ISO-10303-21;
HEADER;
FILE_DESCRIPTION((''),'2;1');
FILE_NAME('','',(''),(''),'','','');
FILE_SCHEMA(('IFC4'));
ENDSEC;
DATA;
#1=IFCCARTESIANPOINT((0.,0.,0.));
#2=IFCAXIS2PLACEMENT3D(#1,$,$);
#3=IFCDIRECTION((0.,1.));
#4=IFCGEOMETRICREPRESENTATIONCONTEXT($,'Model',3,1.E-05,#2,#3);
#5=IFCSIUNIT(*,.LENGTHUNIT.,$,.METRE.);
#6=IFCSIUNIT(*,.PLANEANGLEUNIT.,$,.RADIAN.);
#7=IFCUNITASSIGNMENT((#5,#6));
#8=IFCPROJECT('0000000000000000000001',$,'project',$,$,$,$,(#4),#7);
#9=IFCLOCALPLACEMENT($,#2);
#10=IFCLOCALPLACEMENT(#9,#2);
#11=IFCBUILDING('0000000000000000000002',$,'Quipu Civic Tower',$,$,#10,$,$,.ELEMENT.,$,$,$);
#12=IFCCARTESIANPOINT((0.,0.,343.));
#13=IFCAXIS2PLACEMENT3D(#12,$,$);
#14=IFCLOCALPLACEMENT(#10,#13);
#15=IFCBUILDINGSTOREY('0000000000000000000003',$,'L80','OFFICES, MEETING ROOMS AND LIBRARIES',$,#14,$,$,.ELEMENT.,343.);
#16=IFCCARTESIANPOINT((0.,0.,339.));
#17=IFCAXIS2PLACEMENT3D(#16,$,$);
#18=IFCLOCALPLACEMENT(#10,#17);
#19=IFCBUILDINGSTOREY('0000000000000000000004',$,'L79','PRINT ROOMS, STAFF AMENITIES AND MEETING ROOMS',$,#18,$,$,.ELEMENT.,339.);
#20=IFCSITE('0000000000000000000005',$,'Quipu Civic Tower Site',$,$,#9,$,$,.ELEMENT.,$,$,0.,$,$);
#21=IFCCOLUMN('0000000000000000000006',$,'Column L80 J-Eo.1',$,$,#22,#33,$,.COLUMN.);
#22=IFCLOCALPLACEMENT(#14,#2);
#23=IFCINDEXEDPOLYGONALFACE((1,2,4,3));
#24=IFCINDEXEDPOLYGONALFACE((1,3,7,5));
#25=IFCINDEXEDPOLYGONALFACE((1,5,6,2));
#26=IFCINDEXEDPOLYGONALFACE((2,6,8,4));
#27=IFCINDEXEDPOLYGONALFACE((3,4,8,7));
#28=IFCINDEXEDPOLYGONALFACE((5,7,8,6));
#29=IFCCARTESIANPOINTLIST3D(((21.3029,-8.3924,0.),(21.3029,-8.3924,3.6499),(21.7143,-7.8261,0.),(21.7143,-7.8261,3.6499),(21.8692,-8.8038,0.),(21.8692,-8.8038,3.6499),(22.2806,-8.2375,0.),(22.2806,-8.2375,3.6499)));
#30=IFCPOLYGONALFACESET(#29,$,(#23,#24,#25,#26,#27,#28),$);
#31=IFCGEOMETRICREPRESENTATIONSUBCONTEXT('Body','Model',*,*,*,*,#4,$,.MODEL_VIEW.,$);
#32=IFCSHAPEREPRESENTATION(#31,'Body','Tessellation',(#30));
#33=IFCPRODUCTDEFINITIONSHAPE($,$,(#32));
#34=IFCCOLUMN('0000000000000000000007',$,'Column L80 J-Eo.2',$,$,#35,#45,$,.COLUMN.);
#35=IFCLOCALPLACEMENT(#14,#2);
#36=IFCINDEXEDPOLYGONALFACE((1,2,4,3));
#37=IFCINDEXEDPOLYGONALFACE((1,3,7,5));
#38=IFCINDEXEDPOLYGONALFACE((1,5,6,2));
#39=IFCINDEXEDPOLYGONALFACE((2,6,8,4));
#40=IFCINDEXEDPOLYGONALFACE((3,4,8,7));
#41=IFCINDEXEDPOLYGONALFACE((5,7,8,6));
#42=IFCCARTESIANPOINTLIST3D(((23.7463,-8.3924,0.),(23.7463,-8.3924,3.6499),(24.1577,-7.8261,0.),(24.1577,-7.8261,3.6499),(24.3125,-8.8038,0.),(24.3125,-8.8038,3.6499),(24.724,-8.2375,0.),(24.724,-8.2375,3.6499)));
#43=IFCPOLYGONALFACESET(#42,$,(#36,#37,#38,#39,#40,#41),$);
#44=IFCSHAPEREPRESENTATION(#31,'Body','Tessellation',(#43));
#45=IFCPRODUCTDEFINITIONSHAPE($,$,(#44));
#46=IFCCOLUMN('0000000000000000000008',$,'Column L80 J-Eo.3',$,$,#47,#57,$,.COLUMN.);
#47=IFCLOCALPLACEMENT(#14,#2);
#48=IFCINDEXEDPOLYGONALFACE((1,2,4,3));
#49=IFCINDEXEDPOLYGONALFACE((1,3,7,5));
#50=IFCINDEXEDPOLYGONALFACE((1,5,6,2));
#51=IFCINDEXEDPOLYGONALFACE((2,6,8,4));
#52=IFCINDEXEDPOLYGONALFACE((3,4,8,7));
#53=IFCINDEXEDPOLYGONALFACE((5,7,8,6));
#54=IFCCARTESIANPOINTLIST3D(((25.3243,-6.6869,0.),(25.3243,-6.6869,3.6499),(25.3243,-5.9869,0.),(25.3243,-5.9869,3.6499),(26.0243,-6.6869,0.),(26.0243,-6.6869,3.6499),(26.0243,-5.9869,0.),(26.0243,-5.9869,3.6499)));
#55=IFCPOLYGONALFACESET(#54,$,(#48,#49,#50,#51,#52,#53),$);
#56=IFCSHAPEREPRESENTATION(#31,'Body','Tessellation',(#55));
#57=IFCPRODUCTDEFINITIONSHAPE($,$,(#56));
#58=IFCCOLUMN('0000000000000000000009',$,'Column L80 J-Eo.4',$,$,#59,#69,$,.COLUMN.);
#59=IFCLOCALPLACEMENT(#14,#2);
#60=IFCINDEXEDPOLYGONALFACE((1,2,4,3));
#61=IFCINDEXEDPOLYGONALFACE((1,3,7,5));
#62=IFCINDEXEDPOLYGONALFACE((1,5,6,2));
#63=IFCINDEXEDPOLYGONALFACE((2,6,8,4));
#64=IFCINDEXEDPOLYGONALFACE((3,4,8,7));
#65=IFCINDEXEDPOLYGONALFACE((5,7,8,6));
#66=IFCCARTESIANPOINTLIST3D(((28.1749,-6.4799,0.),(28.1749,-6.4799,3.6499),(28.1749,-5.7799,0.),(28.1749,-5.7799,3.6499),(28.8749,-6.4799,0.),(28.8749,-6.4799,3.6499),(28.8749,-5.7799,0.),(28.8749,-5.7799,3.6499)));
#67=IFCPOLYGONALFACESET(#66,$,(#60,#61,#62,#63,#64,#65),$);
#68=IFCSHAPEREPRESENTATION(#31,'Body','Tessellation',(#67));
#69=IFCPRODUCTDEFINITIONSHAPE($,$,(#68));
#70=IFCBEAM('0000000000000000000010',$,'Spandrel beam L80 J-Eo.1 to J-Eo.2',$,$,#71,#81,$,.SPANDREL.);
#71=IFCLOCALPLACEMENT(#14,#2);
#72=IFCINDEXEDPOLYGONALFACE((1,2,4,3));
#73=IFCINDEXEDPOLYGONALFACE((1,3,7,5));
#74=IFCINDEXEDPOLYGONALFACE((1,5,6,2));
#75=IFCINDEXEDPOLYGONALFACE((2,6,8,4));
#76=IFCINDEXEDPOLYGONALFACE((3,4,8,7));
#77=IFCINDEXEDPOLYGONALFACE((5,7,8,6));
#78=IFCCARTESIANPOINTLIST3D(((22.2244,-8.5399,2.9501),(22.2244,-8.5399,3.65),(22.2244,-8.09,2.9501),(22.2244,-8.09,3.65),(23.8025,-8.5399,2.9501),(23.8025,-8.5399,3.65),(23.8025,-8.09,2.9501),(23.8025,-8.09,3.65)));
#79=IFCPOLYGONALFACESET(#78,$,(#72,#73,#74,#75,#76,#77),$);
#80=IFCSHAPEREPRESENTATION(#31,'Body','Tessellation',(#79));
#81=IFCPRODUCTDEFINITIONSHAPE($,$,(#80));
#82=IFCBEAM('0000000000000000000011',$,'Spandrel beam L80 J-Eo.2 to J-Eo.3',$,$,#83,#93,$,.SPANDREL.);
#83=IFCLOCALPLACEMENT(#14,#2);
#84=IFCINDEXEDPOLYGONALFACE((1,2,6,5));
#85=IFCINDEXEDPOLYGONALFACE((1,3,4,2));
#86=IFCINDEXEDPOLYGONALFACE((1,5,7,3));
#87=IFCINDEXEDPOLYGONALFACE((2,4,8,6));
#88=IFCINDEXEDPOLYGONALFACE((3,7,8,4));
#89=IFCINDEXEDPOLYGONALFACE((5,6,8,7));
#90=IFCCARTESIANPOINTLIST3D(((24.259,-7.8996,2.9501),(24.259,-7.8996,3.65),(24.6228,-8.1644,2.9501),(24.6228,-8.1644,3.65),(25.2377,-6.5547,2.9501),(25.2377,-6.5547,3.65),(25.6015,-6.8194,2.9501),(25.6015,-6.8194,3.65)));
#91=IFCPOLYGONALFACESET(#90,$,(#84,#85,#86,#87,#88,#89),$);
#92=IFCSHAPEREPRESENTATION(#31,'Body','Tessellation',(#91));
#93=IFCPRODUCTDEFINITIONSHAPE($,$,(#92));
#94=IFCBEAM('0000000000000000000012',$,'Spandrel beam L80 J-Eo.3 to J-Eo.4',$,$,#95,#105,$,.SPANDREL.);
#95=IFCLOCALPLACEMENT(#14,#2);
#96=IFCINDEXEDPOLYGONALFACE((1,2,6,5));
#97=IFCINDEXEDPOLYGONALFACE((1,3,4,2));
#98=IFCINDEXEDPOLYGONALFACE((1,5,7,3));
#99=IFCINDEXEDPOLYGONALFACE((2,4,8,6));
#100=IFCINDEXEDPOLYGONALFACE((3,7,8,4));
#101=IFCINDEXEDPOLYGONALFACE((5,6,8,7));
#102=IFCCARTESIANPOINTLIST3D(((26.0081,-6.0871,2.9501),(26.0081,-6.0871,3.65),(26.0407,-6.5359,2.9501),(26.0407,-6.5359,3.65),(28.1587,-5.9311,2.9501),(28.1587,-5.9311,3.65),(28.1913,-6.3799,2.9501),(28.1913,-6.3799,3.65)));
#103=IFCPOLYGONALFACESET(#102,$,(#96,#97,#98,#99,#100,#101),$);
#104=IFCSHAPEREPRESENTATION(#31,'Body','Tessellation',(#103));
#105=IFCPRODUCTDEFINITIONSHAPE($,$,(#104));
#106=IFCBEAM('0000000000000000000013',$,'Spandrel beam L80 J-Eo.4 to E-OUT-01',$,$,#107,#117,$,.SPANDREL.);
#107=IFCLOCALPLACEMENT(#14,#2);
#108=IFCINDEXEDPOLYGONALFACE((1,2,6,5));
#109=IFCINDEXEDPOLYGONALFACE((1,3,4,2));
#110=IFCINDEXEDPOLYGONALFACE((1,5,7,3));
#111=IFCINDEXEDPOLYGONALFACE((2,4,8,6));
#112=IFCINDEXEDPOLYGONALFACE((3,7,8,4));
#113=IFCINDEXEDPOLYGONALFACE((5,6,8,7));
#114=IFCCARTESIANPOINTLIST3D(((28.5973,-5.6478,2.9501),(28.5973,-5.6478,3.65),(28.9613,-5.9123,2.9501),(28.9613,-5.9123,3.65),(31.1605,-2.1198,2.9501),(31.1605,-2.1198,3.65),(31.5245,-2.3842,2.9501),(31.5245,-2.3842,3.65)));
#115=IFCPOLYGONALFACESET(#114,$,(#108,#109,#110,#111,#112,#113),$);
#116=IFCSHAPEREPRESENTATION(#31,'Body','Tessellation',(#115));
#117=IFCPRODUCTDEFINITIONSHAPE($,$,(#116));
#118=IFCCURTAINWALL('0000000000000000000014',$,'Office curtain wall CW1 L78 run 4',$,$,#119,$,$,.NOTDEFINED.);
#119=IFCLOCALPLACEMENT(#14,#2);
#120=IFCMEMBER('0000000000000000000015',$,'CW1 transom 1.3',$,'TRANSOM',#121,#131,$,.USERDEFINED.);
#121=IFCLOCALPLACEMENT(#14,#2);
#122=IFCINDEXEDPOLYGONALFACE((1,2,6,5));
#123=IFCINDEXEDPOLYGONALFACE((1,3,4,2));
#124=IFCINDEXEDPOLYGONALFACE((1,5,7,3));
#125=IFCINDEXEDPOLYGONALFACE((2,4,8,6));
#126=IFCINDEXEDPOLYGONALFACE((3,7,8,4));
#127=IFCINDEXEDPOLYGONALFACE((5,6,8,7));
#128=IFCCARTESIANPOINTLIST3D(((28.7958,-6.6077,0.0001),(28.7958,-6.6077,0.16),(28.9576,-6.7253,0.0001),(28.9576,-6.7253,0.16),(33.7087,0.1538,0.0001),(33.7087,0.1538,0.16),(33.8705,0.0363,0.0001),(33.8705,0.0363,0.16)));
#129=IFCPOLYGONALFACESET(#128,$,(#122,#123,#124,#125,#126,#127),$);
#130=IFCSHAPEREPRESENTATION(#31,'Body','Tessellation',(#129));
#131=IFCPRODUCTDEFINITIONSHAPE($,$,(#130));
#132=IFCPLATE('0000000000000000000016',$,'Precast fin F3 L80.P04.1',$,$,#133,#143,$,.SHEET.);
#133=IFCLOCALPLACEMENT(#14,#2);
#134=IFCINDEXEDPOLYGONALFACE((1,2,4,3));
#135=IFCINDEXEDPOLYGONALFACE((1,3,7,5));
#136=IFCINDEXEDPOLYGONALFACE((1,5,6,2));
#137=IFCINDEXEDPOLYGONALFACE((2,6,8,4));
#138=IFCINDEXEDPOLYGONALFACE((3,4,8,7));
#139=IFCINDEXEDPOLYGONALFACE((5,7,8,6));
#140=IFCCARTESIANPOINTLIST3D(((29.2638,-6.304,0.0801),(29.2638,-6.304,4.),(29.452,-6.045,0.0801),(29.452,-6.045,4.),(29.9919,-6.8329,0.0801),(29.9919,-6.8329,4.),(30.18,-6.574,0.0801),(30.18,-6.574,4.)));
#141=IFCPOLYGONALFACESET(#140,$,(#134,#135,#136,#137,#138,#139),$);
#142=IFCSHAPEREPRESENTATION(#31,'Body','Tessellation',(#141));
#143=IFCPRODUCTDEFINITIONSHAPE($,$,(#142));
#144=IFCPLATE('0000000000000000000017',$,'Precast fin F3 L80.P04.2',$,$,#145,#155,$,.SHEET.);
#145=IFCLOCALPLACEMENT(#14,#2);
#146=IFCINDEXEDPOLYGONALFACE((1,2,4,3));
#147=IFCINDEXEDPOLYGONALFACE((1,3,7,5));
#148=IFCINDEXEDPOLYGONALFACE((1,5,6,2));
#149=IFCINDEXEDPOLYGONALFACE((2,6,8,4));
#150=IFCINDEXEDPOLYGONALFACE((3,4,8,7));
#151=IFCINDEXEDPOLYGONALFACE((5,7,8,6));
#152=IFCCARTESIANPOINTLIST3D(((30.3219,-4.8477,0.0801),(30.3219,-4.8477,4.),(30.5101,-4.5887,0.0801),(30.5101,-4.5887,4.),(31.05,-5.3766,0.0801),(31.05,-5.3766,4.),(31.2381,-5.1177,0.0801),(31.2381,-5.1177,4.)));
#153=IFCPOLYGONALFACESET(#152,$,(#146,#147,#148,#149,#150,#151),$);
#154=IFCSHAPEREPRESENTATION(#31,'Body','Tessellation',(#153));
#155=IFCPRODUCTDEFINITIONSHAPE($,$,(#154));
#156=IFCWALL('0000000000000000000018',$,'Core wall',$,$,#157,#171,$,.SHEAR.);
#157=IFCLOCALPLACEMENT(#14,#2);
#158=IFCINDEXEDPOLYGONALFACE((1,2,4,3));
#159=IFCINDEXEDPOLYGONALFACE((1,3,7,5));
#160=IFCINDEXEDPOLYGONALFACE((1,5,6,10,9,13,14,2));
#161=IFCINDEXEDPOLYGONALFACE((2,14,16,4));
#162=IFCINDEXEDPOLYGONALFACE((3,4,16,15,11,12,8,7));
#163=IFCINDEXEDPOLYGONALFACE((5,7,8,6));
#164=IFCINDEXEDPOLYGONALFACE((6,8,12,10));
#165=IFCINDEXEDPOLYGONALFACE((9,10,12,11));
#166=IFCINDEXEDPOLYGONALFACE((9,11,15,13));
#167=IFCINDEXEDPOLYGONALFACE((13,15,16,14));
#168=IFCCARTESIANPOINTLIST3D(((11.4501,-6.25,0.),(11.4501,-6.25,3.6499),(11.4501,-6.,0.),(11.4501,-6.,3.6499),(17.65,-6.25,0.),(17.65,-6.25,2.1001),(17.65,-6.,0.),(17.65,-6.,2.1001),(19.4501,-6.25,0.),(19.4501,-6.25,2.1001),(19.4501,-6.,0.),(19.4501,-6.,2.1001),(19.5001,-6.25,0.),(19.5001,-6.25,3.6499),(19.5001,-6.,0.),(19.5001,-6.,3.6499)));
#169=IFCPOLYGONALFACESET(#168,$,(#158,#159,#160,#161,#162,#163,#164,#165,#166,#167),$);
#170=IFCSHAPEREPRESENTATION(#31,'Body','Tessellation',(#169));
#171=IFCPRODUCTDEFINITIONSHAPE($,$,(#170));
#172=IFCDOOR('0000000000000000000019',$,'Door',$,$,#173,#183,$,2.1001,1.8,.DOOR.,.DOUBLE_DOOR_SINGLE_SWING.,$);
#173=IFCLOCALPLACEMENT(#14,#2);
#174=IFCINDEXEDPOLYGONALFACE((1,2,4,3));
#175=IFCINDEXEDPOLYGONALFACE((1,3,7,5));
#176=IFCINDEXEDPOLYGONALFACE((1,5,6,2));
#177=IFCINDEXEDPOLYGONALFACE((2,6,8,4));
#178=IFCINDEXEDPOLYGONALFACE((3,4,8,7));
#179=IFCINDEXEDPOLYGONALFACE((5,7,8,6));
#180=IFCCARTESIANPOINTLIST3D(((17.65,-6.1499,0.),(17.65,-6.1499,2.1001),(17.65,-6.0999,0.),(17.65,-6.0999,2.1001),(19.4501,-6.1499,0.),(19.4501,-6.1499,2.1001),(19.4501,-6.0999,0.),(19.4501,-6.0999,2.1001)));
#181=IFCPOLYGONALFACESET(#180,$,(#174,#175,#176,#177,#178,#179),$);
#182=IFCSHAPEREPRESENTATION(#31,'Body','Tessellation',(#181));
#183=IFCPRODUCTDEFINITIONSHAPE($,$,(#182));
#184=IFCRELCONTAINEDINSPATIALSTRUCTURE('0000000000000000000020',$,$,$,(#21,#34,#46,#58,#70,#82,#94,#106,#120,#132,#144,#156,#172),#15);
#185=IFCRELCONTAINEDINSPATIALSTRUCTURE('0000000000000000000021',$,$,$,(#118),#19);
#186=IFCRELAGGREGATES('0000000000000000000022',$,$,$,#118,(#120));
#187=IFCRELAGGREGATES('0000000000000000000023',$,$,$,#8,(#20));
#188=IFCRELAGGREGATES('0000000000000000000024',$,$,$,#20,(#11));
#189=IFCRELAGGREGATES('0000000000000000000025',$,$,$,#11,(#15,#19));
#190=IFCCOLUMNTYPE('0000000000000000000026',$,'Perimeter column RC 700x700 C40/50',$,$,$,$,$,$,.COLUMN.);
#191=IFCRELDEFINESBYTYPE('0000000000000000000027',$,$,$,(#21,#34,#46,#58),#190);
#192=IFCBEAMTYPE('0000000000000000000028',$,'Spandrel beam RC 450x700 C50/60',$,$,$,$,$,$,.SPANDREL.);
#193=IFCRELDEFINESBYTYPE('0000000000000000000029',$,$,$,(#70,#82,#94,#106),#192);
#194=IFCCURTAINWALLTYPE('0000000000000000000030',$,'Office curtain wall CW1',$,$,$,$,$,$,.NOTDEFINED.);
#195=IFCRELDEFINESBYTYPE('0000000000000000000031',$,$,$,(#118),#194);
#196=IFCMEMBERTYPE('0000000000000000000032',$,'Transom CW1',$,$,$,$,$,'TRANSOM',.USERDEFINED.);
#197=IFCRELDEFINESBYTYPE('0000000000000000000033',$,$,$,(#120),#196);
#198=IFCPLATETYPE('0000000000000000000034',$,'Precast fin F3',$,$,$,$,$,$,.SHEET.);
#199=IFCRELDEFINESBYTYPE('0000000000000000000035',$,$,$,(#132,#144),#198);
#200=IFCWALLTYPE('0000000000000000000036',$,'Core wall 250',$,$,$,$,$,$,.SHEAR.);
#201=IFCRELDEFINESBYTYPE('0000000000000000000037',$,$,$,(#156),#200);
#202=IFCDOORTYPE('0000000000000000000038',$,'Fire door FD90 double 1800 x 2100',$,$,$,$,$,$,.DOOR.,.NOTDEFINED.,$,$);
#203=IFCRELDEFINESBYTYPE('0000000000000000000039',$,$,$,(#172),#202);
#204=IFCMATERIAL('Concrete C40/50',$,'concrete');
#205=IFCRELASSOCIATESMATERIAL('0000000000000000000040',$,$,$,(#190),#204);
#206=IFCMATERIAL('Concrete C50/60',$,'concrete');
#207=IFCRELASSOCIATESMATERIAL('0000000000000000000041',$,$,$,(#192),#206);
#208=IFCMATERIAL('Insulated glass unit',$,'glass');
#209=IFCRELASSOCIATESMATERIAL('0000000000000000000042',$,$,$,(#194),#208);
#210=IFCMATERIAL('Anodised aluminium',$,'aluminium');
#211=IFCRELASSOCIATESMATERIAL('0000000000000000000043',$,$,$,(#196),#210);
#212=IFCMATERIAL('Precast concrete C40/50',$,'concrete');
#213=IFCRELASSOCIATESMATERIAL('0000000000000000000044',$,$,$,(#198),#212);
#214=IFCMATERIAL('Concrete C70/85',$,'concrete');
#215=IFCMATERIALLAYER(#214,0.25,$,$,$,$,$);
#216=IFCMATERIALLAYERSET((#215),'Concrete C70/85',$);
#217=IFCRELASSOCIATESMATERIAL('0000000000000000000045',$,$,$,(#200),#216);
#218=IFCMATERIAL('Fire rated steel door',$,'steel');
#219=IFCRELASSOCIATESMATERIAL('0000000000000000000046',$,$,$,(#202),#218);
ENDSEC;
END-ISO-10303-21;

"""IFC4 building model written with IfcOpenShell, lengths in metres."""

from ifc_helpers import new_model, si_unit, direction, frame, frame_2d, origin, origin_2d, place, context, subcontext, project, spatial, rectangle, extrude, material, layer, layer_set, material_profile, profile_set, type_object, element, fill, aggregate, save


model = new_model("IFC4")

# Units and contexts
model_context = context("Model", 3, precision=1e-05, world=origin(), true_north=direction((0.0, 1.0)))
body_context = subcontext(model_context, "Body", "Model", "MODEL_VIEW")
ifc_project = project(units=[si_unit("LENGTHUNIT", "METRE"), si_unit("PLANEANGLEUNIT", "RADIAN")], contexts=[model_context])

# Site, building, storey
site_placement = place(None, origin())
site = spatial("IfcSite", under=ifc_project, at=site_placement, Name="Quipu Civic Tower Site", CompositionType="ELEMENT", RefElevation=0.0)
building_placement = place(site_placement, origin())
building = spatial("IfcBuilding", under=site, at=building_placement, Name="Quipu Civic Tower", CompositionType="ELEMENT")
storey_1_placement = place(building_placement, frame((0.0, 0.0, 343.0)))
storey_1 = spatial("IfcBuildingStorey", under=building, at=storey_1_placement, Name="L80", Description="OFFICES, MEETING ROOMS AND LIBRARIES", CompositionType="ELEMENT", Elevation=343.0)

# Columns
ifc_material_1 = material(Name="Concrete C40/50", Category="concrete")
ifc_material_profile_1 = material_profile(ifc_material_1, rectangle(XDim=0.7, YDim=0.7, at=origin_2d()), Name="RC700x700")
ifc_profile_set_1 = profile_set([ifc_material_profile_1], Name="Concrete C40/50")
column_type = type_object("IfcColumnType", Name="Perimeter column RC 700x700 C40/50", PredefinedType="COLUMN", material=ifc_profile_set_1)
for number, where, z_axis, x_axis, name in (
    (1, (21.7917, -8.3149, 0.0), (0.0, 0.0, 1.0), (0.587785, 0.809017, 0.0), "Column L80 J-Eo.1"),
    (2, (24.2351, -8.3149, 0.0), (0.0, 0.0, 1.0), (0.587785, 0.809017, 0.0), "Column L80 J-Eo.2"),
    (3, (25.6743, -6.3369, 0.0), (0.0, 0.0, 1.0), (1.0, 0.0, 0.0), "Column L80 J-Eo.3"),
    (4, (28.5249, -6.1299, 0.0), (0.0, 0.0, 1.0), (1.0, 0.0, 0.0), "Column L80 J-Eo.4"),
):
    element("IfcColumn", number, at=place(storey_1_placement, frame(where, z_axis=z_axis, x_axis=x_axis)), inside=storey_1, type_object=column_type, Name=name, PredefinedType="COLUMN", context=body_context, shape_type="SweptSolid", body=[
        extrude(rectangle(XDim=0.7, YDim=0.7, at=origin_2d()), origin(), (0.0, 0.0, 1.0), 3.6499),
    ])

# Beams
ifc_material_2 = material(Name="Concrete C50/60", Category="concrete")
ifc_material_profile_2 = material_profile(ifc_material_2, rectangle(XDim=0.45, YDim=0.7, at=origin_2d()), Name="RC450x700")
ifc_profile_set_2 = profile_set([ifc_material_profile_2], Name="Concrete C50/60")
beam_type = type_object("IfcBeamType", Name="Spandrel beam RC 450x700 C50/60", PredefinedType="SPANDREL", material=ifc_profile_set_2)
beam_1_placement = place(storey_1_placement, frame((22.2244, -8.3149, 3.3), z_axis=(1.0, 0.0, 0.0), x_axis=(0.0, 1.0, 0.0)))
element("IfcBeam", 5, at=beam_1_placement, inside=storey_1, type_object=beam_type, Name="Spandrel beam L80 J-Eo.1 to J-Eo.2", PredefinedType="SPANDREL", context=body_context, shape_type="SweptSolid", body=[
    extrude(rectangle(XDim=0.45, YDim=0.7, at=origin_2d()), origin(), (0.0, 0.0, 1.0), 1.5781),
])
beam_2_placement = place(storey_1_placement, frame((24.4409, -8.032, 3.3), z_axis=(0.588407, 0.808565, 0.0), x_axis=(-0.808565, 0.588407, 0.0)))
element("IfcBeam", 6, at=beam_2_placement, inside=storey_1, type_object=beam_type, Name="Spandrel beam L80 J-Eo.2 to J-Eo.3", PredefinedType="SPANDREL", context=body_context, shape_type="SweptSolid", body=[
    extrude(rectangle(XDim=0.45, YDim=0.7, at=origin_2d()), origin(), (0.0, 0.0, 1.0), 1.6633),
])
beam_3_placement = place(storey_1_placement, frame((26.0244, -6.3115, 3.3), z_axis=(0.997379, 0.072349, 0.0), x_axis=(-0.072349, 0.997379, 0.0)))
element("IfcBeam", 7, at=beam_3_placement, inside=storey_1, type_object=beam_type, Name="Spandrel beam L80 J-Eo.3 to J-Eo.4", PredefinedType="SPANDREL", context=body_context, shape_type="SweptSolid", body=[
    extrude(rectangle(XDim=0.45, YDim=0.7, at=origin_2d()), origin(), (0.0, 0.0, 1.0), 2.1562),
])
beam_4_placement = place(storey_1_placement, frame((28.7793, -5.78, 3.3), z_axis=(0.587776, 0.809024, 0.0), x_axis=(-0.809024, 0.587776, 0.0)))
element("IfcBeam", 8, at=beam_4_placement, inside=storey_1, type_object=beam_type, Name="Spandrel beam L80 J-Eo.4 to E-OUT-01", PredefinedType="SPANDREL", context=body_context, shape_type="SweptSolid", body=[
    extrude(rectangle(XDim=0.45, YDim=0.7, at=origin_2d()), origin(), (0.0, 0.0, 1.0), 4.3608),
])

# Shared definitions
storey_2_placement = place(building_placement, frame((0.0, 0.0, 339.0)))
storey_2 = spatial("IfcBuildingStorey", under=building, at=storey_2_placement, Name="L79", Description="PRINT ROOMS, STAFF AMENITIES AND MEETING ROOMS", CompositionType="ELEMENT", Elevation=339.0)

# Curtain wall, member
ifc_material_3 = material(Name="Insulated glass unit", Category="glass")
curtain_wall_type = type_object("IfcCurtainWallType", Name="Office curtain wall CW1", PredefinedType="NOTDEFINED", material=ifc_material_3)
curtain_wall_placement = place(storey_2_placement, origin())
curtain_wall = element("IfcCurtainWall", 9, at=curtain_wall_placement, inside=storey_2, type_object=curtain_wall_type, Name="Office curtain wall CW1 L78 run 4", PredefinedType="NOTDEFINED")
ifc_material_4 = material(Name="Anodised aluminium", Category="aluminium")
ifc_material_profile_3 = material_profile(ifc_material_4, rectangle(XDim=0.2, YDim=0.1599, at=origin_2d()), Name="RECT 200x160")
ifc_profile_set_3 = profile_set([ifc_material_profile_3], Name="Anodised aluminium")
member_type = type_object("IfcMemberType", Name="Transom CW1", ElementType="TRANSOM", PredefinedType="USERDEFINED", material=ifc_profile_set_3)
member_placement = place(storey_1_placement, frame((28.8767, -6.6665, 0.0801), z_axis=(0.587812, 0.808997, 0.0), x_axis=(-0.808997, 0.587812, 0.0)))
member = element("IfcMember", 10, at=member_placement, inside=storey_1, type_object=member_type, Name="CW1 transom 1.3", ObjectType="TRANSOM", PredefinedType="USERDEFINED", context=body_context, shape_type="SweptSolid", body=[
    extrude(rectangle(XDim=0.2, YDim=0.1599, at=origin_2d()), origin(), (0.0, 0.0, 1.0), 8.3579),
])
aggregate(curtain_wall, [member])

# Plates
ifc_material_5 = material(Name="Precast concrete C40/50", Category="concrete")
plate_type = type_object("IfcPlateType", Name="Precast fin F3", PredefinedType="SHEET", material=ifc_material_5)
for number, where, z_axis, x_axis, name in (
    (11, (29.7219, -6.439, 0.0801), (0.0, 0.0, 1.0), (0.587787, 0.809016, 0.0), "Precast fin F3 L80.P04.1"),
    (12, (30.78, -4.9827, 0.0801), (0.0, 0.0, 1.0), (0.587787, 0.809016, 0.0), "Precast fin F3 L80.P04.2"),
):
    element("IfcPlate", number, at=place(storey_1_placement, frame(where, z_axis=z_axis, x_axis=x_axis)), inside=storey_1, type_object=plate_type, Name=name, PredefinedType="SHEET", context=body_context, shape_type="SweptSolid", body=[
        extrude(rectangle(XDim=0.3201, YDim=0.8999, at=origin_2d()), origin(), (0.0, 0.0, 1.0), 3.9199),
    ])

# Wall, opening, door
ifc_material_6 = material(Name="Concrete C70/85", Category="concrete")
ifc_layer_1 = layer(ifc_material_6, 0.25)
ifc_layer_set_1 = layer_set([ifc_layer_1], Name="Concrete C70/85")
wall_type_1 = type_object("IfcWallType", Name="Core wall 250", PredefinedType="SHEAR", material=ifc_layer_set_1)
wall_1_placement = place(storey_1_placement, frame((19.5, -6.125, 0.0), z_axis=(0.0, 0.0, 1.0), x_axis=(-1.0, 0.0, 0.0)))
wall_1 = element("IfcWall", 13, at=wall_1_placement, inside=storey_1, type_object=wall_type_1, Name="Core wall", PredefinedType="SHEAR", context=body_context, shape_type="SweptSolid", body=[
    extrude(rectangle(XDim=8.05, YDim=0.25, at=frame_2d((4.0249, 0.0))), origin(), (0.0, 0.0, 1.0), 3.6499),
])
opening_placement = place(wall_1_placement, frame((0.05, 0.0, 0.0)))
opening = element("IfcOpeningElement", 14, at=opening_placement, cuts=wall_1, PredefinedType="OPENING", context=body_context, shape_type="SweptSolid", body=[
    extrude(rectangle(XDim=1.8, YDim=2.1001, at=frame_2d((0.8999, 1.05))), frame((0.0, 0.135, 0.0), z_axis=(0.0, -1.0, 0.0), x_axis=(1.0, 0.0, 0.0)), (0.0, 0.0, 1.0), 0.27),
])
ifc_material_7 = material(Name="Fire rated steel door", Category="steel")
door_type = type_object("IfcDoorType", Name="Fire door FD90 double 1800 x 2100", OperationType="NOTDEFINED", PredefinedType="DOOR", material=ifc_material_7)
door_placement = place(opening_placement, origin())
door = element("IfcDoor", 15, at=door_placement, inside=storey_1, type_object=door_type, Name="Door", OperationType="DOUBLE_DOOR_SINGLE_SWING", OverallHeight=2.1001, OverallWidth=1.8, PredefinedType="DOOR", context=body_context, shape_type="SweptSolid", body=[
    extrude(rectangle(XDim=1.8, YDim=2.1001, at=frame_2d((0.8999, 1.05))), frame((0.0, 0.0249, 0.0), z_axis=(0.0, -1.0, 0.0), x_axis=(1.0, 0.0, 0.0)), (0.0, 0.0, 1.0), 0.05),
])
fill(opening, door)

save(model, "model.ifc")
